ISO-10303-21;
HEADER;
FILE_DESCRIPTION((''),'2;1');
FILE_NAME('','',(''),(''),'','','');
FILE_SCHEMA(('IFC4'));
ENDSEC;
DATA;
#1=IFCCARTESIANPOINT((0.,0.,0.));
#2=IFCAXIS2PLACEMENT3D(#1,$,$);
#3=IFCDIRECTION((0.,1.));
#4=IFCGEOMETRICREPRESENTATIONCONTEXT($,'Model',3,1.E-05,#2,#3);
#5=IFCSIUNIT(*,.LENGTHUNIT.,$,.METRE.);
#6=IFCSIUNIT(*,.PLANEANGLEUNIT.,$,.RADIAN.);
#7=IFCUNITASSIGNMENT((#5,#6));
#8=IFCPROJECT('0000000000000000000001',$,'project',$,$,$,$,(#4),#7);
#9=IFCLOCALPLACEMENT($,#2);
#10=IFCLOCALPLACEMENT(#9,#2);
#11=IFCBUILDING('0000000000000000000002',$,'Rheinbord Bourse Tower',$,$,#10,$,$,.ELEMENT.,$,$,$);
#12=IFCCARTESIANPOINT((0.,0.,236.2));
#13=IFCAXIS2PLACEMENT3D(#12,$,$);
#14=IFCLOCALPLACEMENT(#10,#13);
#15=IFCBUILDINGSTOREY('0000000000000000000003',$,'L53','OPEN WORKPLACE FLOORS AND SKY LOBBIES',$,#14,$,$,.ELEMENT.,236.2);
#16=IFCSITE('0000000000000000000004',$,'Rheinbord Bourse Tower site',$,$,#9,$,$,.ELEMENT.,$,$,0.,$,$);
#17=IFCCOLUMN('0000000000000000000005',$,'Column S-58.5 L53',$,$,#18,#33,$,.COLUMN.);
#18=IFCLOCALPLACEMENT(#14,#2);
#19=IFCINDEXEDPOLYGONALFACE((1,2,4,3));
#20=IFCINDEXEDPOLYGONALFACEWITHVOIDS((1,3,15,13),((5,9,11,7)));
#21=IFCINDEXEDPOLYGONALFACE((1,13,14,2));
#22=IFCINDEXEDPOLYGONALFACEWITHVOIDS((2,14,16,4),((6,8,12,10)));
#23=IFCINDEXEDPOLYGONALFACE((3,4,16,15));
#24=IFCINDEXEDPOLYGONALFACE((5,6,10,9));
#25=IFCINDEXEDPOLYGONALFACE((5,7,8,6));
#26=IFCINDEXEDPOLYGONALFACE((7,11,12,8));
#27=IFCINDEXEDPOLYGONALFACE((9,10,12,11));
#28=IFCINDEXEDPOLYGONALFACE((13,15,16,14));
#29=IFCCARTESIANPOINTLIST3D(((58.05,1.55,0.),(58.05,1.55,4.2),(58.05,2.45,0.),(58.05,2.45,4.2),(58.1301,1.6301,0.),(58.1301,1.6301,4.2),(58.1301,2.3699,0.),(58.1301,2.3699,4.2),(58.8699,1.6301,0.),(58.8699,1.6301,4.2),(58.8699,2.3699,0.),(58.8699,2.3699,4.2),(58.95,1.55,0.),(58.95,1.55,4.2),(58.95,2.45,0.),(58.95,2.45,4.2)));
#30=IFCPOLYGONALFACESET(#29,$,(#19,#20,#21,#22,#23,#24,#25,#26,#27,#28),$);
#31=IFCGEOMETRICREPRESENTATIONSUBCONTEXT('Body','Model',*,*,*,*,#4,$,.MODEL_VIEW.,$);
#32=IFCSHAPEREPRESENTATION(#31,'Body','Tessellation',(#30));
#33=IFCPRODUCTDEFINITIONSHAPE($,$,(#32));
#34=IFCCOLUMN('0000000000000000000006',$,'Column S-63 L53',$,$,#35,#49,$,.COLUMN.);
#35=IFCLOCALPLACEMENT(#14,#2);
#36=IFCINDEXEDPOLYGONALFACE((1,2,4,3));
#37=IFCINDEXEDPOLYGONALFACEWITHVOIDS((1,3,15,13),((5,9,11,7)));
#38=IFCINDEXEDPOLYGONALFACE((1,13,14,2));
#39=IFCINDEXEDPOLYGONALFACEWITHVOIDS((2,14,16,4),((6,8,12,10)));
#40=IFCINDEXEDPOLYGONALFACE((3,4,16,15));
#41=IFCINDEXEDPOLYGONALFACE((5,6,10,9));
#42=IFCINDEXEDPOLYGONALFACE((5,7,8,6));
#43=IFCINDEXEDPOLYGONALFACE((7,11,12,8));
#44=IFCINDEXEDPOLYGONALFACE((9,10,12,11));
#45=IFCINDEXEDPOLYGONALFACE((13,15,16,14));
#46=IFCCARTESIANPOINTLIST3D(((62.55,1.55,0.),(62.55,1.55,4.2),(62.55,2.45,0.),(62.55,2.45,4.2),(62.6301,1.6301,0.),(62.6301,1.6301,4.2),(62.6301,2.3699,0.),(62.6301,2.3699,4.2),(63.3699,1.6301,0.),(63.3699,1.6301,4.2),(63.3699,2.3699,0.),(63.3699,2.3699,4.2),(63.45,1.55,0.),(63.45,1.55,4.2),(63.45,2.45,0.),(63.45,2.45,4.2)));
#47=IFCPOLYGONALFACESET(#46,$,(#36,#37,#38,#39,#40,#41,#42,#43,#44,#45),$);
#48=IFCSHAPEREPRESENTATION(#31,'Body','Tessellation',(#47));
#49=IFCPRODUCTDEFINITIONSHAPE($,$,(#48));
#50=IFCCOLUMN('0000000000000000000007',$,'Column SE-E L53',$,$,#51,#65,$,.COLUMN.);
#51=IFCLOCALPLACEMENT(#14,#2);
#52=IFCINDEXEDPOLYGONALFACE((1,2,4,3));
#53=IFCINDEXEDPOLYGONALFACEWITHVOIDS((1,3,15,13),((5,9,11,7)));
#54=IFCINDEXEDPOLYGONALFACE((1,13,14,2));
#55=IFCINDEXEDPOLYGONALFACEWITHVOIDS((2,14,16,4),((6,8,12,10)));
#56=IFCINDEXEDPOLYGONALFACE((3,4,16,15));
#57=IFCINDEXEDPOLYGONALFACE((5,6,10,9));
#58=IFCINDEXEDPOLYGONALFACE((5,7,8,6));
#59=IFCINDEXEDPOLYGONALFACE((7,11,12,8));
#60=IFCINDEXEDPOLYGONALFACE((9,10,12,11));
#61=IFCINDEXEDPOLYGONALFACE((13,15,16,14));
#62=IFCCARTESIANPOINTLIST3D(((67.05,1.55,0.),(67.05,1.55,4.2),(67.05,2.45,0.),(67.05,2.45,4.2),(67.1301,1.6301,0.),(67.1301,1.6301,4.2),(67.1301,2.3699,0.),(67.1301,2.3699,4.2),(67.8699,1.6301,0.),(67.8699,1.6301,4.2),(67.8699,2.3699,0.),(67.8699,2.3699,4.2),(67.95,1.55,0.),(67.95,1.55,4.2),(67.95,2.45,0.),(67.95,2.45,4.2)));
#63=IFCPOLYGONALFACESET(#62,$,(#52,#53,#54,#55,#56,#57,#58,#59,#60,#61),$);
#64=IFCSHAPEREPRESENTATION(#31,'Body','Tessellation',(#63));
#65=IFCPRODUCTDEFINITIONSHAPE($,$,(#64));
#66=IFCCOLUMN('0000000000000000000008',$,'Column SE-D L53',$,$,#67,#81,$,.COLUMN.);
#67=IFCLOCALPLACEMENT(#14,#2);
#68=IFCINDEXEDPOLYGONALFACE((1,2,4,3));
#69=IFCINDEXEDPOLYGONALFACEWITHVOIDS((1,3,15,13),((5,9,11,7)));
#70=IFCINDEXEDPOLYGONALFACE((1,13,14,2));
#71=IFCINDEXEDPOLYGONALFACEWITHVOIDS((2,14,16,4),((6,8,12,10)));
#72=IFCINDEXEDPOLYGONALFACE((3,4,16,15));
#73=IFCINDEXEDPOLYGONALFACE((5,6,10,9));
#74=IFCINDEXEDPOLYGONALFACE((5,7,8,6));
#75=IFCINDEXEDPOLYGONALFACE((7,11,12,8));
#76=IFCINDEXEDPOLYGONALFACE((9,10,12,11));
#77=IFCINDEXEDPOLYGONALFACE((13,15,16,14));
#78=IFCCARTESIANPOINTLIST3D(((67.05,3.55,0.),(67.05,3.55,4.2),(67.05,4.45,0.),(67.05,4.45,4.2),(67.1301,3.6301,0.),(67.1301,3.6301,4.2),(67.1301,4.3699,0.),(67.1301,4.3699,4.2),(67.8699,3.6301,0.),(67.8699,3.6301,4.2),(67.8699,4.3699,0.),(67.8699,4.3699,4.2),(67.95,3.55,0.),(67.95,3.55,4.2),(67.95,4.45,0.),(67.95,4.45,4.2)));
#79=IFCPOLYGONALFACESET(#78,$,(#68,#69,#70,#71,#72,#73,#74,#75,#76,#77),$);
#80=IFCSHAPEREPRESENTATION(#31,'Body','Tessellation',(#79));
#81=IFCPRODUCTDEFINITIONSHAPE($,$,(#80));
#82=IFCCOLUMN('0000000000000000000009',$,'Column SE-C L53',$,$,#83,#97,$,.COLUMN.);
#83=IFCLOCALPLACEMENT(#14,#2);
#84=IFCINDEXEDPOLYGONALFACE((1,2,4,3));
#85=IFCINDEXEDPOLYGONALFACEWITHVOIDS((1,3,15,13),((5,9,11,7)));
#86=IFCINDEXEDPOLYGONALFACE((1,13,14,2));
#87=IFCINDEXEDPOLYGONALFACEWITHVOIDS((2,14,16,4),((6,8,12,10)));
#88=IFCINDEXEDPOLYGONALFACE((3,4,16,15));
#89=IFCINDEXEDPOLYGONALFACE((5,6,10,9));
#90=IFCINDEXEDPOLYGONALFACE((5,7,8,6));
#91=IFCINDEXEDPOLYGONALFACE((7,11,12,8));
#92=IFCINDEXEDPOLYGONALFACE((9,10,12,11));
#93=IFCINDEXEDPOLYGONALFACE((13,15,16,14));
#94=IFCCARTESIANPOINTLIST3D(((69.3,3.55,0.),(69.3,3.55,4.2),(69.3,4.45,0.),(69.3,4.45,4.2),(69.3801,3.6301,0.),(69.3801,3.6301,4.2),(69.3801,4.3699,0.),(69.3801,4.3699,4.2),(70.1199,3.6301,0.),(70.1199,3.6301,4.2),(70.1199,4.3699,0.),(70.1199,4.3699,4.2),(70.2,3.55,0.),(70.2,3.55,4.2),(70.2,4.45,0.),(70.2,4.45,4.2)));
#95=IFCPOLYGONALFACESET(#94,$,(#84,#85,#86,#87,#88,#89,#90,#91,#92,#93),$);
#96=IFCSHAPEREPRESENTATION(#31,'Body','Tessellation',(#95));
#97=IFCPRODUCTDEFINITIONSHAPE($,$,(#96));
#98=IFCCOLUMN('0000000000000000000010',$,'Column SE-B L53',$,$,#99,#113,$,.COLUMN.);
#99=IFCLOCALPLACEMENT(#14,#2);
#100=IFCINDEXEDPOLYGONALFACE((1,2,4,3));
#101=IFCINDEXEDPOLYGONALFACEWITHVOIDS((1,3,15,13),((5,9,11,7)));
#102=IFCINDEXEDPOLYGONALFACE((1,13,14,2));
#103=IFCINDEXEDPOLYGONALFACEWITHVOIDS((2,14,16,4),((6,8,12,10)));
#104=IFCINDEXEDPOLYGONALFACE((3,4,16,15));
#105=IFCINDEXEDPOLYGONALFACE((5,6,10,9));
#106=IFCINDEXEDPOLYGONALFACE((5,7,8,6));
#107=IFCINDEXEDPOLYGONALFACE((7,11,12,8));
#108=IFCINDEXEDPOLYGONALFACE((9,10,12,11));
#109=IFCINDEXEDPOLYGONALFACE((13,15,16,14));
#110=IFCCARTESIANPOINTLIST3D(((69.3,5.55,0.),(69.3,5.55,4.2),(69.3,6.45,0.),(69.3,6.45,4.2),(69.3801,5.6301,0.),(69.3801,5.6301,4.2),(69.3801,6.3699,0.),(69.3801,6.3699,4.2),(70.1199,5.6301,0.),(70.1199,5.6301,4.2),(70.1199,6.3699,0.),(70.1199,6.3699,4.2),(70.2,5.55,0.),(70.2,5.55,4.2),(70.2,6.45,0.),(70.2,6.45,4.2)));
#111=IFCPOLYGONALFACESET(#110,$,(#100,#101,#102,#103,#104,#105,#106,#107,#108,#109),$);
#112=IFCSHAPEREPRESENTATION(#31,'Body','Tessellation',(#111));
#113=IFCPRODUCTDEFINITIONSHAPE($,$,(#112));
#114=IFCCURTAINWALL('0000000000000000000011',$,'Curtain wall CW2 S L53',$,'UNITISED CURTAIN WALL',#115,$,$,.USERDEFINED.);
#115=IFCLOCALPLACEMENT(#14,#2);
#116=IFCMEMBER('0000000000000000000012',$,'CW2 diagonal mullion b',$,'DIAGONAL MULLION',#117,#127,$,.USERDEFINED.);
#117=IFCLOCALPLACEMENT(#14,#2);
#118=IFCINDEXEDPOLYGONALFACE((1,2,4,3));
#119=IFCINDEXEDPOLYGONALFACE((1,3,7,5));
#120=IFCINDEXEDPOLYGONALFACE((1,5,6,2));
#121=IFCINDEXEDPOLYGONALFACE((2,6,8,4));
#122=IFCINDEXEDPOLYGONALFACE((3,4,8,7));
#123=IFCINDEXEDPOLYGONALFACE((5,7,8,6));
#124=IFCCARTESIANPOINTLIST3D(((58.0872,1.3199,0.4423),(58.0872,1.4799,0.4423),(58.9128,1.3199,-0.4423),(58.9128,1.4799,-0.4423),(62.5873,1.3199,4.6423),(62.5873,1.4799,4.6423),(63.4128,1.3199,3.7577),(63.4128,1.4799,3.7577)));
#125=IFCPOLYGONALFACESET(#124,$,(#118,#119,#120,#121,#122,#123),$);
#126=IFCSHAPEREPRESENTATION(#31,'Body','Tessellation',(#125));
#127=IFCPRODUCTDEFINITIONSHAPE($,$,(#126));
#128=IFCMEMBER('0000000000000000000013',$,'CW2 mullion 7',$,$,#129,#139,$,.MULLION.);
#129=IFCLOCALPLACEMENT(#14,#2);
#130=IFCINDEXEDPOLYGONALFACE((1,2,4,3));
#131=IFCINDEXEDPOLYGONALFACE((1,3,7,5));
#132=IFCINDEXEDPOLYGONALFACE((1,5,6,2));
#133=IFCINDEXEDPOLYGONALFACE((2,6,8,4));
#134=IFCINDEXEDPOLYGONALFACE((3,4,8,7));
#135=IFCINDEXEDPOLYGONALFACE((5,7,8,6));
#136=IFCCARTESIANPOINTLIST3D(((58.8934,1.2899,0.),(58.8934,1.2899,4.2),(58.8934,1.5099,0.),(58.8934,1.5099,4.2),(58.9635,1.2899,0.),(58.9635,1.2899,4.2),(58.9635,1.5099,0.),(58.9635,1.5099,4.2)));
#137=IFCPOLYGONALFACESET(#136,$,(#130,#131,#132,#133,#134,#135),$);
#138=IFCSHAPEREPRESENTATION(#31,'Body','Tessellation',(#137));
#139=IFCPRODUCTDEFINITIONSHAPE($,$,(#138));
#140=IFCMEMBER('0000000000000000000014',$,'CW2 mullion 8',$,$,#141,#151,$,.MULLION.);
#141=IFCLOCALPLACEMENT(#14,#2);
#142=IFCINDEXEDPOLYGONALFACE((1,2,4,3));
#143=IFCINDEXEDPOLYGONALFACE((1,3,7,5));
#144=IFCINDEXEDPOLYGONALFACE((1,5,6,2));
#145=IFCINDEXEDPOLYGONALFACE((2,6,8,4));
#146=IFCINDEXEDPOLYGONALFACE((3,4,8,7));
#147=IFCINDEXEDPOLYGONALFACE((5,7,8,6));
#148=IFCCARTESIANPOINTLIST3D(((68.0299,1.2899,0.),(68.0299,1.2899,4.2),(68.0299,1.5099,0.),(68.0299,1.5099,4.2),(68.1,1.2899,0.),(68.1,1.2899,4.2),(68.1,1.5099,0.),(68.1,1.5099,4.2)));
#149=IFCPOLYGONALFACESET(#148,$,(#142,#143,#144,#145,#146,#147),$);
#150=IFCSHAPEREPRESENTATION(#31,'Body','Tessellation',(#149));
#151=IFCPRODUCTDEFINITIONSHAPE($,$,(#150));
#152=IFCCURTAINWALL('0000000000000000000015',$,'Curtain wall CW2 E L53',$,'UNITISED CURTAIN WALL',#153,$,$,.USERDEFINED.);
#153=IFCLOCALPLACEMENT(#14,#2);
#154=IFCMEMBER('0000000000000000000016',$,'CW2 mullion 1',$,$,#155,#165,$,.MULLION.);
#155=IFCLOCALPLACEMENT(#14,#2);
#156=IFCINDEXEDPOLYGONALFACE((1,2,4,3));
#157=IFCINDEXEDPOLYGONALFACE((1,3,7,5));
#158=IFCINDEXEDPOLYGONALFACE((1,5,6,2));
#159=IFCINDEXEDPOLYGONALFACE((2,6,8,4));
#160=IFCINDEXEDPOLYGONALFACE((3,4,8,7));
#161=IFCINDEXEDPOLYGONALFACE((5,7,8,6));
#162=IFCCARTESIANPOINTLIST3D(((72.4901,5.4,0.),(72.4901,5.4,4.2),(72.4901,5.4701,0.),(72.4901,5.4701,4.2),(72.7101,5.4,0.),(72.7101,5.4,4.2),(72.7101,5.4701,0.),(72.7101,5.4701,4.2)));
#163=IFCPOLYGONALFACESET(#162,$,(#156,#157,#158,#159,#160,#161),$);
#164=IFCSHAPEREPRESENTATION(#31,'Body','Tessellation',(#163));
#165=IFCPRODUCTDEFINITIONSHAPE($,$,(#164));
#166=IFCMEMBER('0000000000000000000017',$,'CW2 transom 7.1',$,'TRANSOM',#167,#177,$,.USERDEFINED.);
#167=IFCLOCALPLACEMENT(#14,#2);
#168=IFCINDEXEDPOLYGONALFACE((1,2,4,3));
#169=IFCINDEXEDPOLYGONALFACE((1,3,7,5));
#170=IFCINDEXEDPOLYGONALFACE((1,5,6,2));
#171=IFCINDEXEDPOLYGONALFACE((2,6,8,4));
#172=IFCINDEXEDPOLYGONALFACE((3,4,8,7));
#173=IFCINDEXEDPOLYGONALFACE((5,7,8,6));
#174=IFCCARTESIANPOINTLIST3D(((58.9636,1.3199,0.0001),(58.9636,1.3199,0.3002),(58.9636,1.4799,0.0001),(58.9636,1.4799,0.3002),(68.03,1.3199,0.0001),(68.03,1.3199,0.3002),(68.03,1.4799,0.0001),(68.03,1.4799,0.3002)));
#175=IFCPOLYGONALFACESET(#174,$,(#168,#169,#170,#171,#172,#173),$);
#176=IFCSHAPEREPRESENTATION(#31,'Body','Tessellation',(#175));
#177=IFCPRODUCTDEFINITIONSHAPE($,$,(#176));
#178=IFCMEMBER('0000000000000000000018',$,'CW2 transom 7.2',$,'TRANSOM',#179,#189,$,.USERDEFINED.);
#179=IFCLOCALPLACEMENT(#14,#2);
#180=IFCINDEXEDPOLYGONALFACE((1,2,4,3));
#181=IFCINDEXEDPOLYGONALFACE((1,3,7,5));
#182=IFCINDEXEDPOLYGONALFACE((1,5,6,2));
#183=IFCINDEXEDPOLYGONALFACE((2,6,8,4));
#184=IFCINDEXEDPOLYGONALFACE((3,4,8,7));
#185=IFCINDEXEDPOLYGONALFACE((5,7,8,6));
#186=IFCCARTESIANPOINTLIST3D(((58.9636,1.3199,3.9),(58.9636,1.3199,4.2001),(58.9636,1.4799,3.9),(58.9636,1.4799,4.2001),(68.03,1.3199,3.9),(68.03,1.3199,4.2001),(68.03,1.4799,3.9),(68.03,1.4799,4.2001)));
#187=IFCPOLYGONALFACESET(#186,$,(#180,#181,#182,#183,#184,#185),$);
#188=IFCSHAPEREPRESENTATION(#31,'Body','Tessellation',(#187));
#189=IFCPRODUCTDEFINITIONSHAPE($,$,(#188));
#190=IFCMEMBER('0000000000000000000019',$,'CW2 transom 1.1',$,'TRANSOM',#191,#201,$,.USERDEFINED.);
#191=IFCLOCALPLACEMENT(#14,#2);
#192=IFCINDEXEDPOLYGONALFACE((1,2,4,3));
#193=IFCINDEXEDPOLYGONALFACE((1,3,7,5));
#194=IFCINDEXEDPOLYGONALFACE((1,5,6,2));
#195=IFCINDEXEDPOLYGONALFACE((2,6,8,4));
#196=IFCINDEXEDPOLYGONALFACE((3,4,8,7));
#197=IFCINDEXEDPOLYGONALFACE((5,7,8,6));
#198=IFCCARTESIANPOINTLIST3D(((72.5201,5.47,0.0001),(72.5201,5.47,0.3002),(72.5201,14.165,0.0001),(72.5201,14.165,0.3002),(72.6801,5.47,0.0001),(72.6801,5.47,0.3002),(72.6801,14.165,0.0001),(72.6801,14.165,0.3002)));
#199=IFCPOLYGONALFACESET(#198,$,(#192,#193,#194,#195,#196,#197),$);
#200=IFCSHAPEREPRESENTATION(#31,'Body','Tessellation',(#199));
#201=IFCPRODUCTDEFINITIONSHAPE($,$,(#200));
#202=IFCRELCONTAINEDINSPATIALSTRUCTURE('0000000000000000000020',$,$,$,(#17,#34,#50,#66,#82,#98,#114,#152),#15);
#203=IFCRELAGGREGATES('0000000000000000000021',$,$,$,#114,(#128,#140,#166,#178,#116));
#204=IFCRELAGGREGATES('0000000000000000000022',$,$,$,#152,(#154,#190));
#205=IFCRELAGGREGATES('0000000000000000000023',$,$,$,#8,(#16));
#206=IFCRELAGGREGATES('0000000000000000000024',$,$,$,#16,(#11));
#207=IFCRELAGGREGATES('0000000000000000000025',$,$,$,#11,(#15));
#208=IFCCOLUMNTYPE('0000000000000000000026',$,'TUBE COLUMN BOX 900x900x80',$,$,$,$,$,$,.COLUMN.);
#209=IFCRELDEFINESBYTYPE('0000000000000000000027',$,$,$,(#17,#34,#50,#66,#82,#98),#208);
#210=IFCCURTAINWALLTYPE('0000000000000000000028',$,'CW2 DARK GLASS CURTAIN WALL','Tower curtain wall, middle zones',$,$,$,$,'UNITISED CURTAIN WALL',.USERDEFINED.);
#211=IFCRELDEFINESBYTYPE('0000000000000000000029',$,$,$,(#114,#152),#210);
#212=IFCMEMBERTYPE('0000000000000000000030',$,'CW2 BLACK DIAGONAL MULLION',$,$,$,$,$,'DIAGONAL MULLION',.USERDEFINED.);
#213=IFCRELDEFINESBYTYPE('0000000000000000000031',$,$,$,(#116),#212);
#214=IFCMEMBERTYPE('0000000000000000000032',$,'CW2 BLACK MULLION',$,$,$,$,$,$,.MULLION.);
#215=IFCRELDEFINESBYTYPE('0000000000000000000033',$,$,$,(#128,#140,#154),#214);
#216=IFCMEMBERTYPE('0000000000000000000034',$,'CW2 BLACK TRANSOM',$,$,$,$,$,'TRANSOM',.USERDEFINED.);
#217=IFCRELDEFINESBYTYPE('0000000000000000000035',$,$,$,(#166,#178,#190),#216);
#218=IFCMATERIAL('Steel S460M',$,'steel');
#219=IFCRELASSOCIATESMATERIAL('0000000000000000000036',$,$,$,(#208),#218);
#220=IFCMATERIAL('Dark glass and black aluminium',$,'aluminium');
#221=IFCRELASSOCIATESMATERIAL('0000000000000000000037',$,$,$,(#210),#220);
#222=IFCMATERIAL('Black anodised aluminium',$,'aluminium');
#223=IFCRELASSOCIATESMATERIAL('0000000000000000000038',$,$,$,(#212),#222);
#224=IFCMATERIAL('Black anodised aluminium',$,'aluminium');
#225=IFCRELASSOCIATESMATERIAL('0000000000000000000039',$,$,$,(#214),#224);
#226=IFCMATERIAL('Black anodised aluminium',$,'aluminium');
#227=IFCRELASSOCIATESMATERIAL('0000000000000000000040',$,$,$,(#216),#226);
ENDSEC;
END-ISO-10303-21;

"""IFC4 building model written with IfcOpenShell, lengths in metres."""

from ifc_helpers import new_model, si_unit, direction, frame, origin, origin_2d, place, context, subcontext, project, spatial, rectangle, hollow_rectangle, extrude, material, material_profile, profile_set, type_object, element, aggregate, save


model = new_model("IFC4")

# Units and contexts
model_context = context("Model", 3, precision=1e-05, world=origin(), true_north=direction((0.0, 1.0)))
body_context = subcontext(model_context, "Body", "Model", "MODEL_VIEW")
ifc_project = project(units=[si_unit("LENGTHUNIT", "METRE"), si_unit("PLANEANGLEUNIT", "RADIAN")], contexts=[model_context])

# Site, building, storey
site_placement = place(None, origin())
site = spatial("IfcSite", under=ifc_project, at=site_placement, Name="Rheinbord Bourse Tower site", CompositionType="ELEMENT", RefElevation=0.0)
building_placement = place(site_placement, origin())
building = spatial("IfcBuilding", under=site, at=building_placement, Name="Rheinbord Bourse Tower", CompositionType="ELEMENT")
storey_placement = place(building_placement, frame((0.0, 0.0, 236.2)))
storey = spatial("IfcBuildingStorey", under=building, at=storey_placement, Name="L53", Description="OPEN WORKPLACE FLOORS AND SKY LOBBIES", CompositionType="ELEMENT", Elevation=236.2)

# Columns
ifc_material_1 = material(Name="Steel S460M", Category="steel")
ifc_material_profile_1 = material_profile(ifc_material_1, hollow_rectangle(XDim=0.8999, YDim=0.8999, WallThickness=0.0801, at=origin_2d()), Name="BOX 900x900x80")
ifc_profile_set_1 = profile_set([ifc_material_profile_1], Name="Steel S460M")
column_type = type_object("IfcColumnType", Name="TUBE COLUMN BOX 900x900x80", PredefinedType="COLUMN", material=ifc_profile_set_1)
for number, where, z_axis, x_axis, name in (
    (1, (58.5, 2.0, 0.0), (0.0, 0.0, 1.0), (0.0, 1.0, 0.0), "Column S-58.5 L53"),
    (2, (63.0, 2.0, 0.0), (0.0, 0.0, 1.0), (0.0, 1.0, 0.0), "Column S-63 L53"),
    (3, (67.5, 2.0, 0.0), (0.0, 0.0, 1.0), (0.0, 1.0, 0.0), "Column SE-E L53"),
    (4, (67.5, 4.0, 0.0), (0.0, 0.0, 1.0), (0.0, 1.0, 0.0), "Column SE-D L53"),
    (5, (69.75, 4.0, 0.0), (0.0, 0.0, 1.0), (1.0, 0.0, 0.0), "Column SE-C L53"),
    (6, (69.75, 6.0, 0.0), (0.0, 0.0, 1.0), (1.0, 0.0, 0.0), "Column SE-B L53"),
):
    element("IfcColumn", number, at=place(storey_placement, frame(where, z_axis=z_axis, x_axis=x_axis)), inside=storey, type_object=column_type, Name=name, PredefinedType="COLUMN", context=body_context, shape_type="SweptSolid", body=[
        extrude(hollow_rectangle(XDim=0.8999, YDim=0.8999, WallThickness=0.0801, at=origin_2d()), origin(), (0.0, 0.0, 1.0), 4.2),
    ])

# Curtain wall, members
ifc_material_2 = material(Name="Dark glass and black aluminium", Category="aluminium")
curtain_wall_type = type_object("IfcCurtainWallType", Name="CW2 DARK GLASS CURTAIN WALL", Description="Tower curtain wall, middle zones", ElementType="UNITISED CURTAIN WALL", PredefinedType="USERDEFINED", material=ifc_material_2)
curtain_wall_1_placement = place(storey_placement, origin())
curtain_wall_1 = element("IfcCurtainWall", 7, at=curtain_wall_1_placement, inside=storey, type_object=curtain_wall_type, Name="Curtain wall CW2 S L53", ObjectType="UNITISED CURTAIN WALL", PredefinedType="USERDEFINED")
ifc_material_3 = material(Name="Black anodised aluminium", Category="aluminium")
ifc_material_profile_2 = material_profile(ifc_material_3, rectangle(XDim=0.1599, YDim=1.21, at=origin_2d()), Name="CW2 DIAGONAL MULLION 1210x160")
ifc_profile_set_2 = profile_set([ifc_material_profile_2], Name="Black anodised aluminium")
member_type_1 = type_object("IfcMemberType", Name="CW2 BLACK DIAGONAL MULLION", ElementType="DIAGONAL MULLION", PredefinedType="USERDEFINED", material=ifc_profile_set_2)
member_1_placement = place(storey_placement, frame((58.5, 1.3999, 0.0), z_axis=(0.731059, 0.0, 0.682314), x_axis=(0.0, 1.0, 0.0)))
member_1 = element("IfcMember", 8, at=member_1_placement, type_object=member_type_1, Name="CW2 diagonal mullion b", ObjectType="DIAGONAL MULLION", PredefinedType="USERDEFINED", context=body_context, shape_type="SweptSolid", body=[
    extrude(rectangle(XDim=0.1599, YDim=1.21, at=origin_2d()), origin(), (0.0, 0.0, 1.0), 6.1555),
])
ifc_material_4 = material(Name="Black anodised aluminium", Category="aluminium")
ifc_material_profile_3 = material_profile(ifc_material_4, rectangle(XDim=0.22, YDim=0.0701, at=origin_2d()), Name="CW2 MULLION 70x220")
ifc_profile_set_3 = profile_set([ifc_material_profile_3], Name="Black anodised aluminium")
member_type_2 = type_object("IfcMemberType", Name="CW2 BLACK MULLION", PredefinedType="MULLION", material=ifc_profile_set_3)
member_2_placement = place(storey_placement, frame((58.9285, 1.3999, 0.0), z_axis=(0.0, 0.0, 1.0), x_axis=(0.0, 1.0, 0.0)))
member_2 = element("IfcMember", 9, at=member_2_placement, type_object=member_type_2, Name="CW2 mullion 7", PredefinedType="MULLION", context=body_context, shape_type="SweptSolid", body=[
    extrude(rectangle(XDim=0.22, YDim=0.0701, at=origin_2d()), origin(), (0.0, 0.0, 1.0), 4.2),
])
member_3_placement = place(storey_placement, frame((68.0649, 1.3999, 0.0), z_axis=(0.0, 0.0, 1.0), x_axis=(0.0, 1.0, 0.0)))
member_3 = element("IfcMember", 10, at=member_3_placement, type_object=member_type_2, Name="CW2 mullion 8", PredefinedType="MULLION", context=body_context, shape_type="SweptSolid", body=[
    extrude(rectangle(XDim=0.22, YDim=0.0701, at=origin_2d()), origin(), (0.0, 0.0, 1.0), 4.2),
])

# Curtain wall, member
curtain_wall_2_placement = place(storey_placement, origin())
curtain_wall_2 = element("IfcCurtainWall", 11, at=curtain_wall_2_placement, inside=storey, type_object=curtain_wall_type, Name="Curtain wall CW2 E L53", ObjectType="UNITISED CURTAIN WALL", PredefinedType="USERDEFINED")
member_4_placement = place(storey_placement, frame((72.6001, 5.4351, 0.0), z_axis=(0.0, 0.0, 1.0), x_axis=(-1.0, 0.0, 0.0)))
member_4 = element("IfcMember", 12, at=member_4_placement, type_object=member_type_2, Name="CW2 mullion 1", PredefinedType="MULLION", context=body_context, shape_type="SweptSolid", body=[
    extrude(rectangle(XDim=0.22, YDim=0.0701, at=origin_2d()), origin(), (0.0, 0.0, 1.0), 4.2),
])

# Members
ifc_material_5 = material(Name="Black anodised aluminium", Category="aluminium")
ifc_material_profile_4 = material_profile(ifc_material_5, rectangle(XDim=0.1599, YDim=0.3, at=origin_2d()), Name="CW2 TRANSOM 300x160")
ifc_profile_set_4 = profile_set([ifc_material_profile_4], Name="Black anodised aluminium")
member_type_3 = type_object("IfcMemberType", Name="CW2 BLACK TRANSOM", ElementType="TRANSOM", PredefinedType="USERDEFINED", material=ifc_profile_set_4)
member_5_placement = place(storey_placement, frame((58.9636, 1.3999, 0.1501), z_axis=(1.0, 0.0, 0.0), x_axis=(0.0, 1.0, 0.0)))
member_5 = element("IfcMember", 13, at=member_5_placement, type_object=member_type_3, Name="CW2 transom 7.1", ObjectType="TRANSOM", PredefinedType="USERDEFINED", context=body_context, shape_type="SweptSolid", body=[
    extrude(rectangle(XDim=0.1599, YDim=0.3, at=origin_2d()), origin(), (0.0, 0.0, 1.0), 9.0664),
])
member_6_placement = place(storey_placement, frame((58.9636, 1.3999, 4.05), z_axis=(1.0, 0.0, 0.0), x_axis=(0.0, 1.0, 0.0)))
member_6 = element("IfcMember", 14, at=member_6_placement, type_object=member_type_3, Name="CW2 transom 7.2", ObjectType="TRANSOM", PredefinedType="USERDEFINED", context=body_context, shape_type="SweptSolid", body=[
    extrude(rectangle(XDim=0.1599, YDim=0.3, at=origin_2d()), origin(), (0.0, 0.0, 1.0), 9.0664),
])
member_7_placement = place(storey_placement, frame((72.6001, 5.47, 0.1501), z_axis=(0.0, 1.0, 0.0), x_axis=(-1.0, 0.0, 0.0)))
member_7 = element("IfcMember", 15, at=member_7_placement, type_object=member_type_3, Name="CW2 transom 1.1", ObjectType="TRANSOM", PredefinedType="USERDEFINED", context=body_context, shape_type="SweptSolid", body=[
    extrude(rectangle(XDim=0.1599, YDim=0.3, at=origin_2d()), origin(), (0.0, 0.0, 1.0), 8.6951),
])

aggregate(curtain_wall_1, [member_2, member_3, member_5, member_6, member_1])
aggregate(curtain_wall_2, [member_4, member_7])

save(model, "model.ifc")
